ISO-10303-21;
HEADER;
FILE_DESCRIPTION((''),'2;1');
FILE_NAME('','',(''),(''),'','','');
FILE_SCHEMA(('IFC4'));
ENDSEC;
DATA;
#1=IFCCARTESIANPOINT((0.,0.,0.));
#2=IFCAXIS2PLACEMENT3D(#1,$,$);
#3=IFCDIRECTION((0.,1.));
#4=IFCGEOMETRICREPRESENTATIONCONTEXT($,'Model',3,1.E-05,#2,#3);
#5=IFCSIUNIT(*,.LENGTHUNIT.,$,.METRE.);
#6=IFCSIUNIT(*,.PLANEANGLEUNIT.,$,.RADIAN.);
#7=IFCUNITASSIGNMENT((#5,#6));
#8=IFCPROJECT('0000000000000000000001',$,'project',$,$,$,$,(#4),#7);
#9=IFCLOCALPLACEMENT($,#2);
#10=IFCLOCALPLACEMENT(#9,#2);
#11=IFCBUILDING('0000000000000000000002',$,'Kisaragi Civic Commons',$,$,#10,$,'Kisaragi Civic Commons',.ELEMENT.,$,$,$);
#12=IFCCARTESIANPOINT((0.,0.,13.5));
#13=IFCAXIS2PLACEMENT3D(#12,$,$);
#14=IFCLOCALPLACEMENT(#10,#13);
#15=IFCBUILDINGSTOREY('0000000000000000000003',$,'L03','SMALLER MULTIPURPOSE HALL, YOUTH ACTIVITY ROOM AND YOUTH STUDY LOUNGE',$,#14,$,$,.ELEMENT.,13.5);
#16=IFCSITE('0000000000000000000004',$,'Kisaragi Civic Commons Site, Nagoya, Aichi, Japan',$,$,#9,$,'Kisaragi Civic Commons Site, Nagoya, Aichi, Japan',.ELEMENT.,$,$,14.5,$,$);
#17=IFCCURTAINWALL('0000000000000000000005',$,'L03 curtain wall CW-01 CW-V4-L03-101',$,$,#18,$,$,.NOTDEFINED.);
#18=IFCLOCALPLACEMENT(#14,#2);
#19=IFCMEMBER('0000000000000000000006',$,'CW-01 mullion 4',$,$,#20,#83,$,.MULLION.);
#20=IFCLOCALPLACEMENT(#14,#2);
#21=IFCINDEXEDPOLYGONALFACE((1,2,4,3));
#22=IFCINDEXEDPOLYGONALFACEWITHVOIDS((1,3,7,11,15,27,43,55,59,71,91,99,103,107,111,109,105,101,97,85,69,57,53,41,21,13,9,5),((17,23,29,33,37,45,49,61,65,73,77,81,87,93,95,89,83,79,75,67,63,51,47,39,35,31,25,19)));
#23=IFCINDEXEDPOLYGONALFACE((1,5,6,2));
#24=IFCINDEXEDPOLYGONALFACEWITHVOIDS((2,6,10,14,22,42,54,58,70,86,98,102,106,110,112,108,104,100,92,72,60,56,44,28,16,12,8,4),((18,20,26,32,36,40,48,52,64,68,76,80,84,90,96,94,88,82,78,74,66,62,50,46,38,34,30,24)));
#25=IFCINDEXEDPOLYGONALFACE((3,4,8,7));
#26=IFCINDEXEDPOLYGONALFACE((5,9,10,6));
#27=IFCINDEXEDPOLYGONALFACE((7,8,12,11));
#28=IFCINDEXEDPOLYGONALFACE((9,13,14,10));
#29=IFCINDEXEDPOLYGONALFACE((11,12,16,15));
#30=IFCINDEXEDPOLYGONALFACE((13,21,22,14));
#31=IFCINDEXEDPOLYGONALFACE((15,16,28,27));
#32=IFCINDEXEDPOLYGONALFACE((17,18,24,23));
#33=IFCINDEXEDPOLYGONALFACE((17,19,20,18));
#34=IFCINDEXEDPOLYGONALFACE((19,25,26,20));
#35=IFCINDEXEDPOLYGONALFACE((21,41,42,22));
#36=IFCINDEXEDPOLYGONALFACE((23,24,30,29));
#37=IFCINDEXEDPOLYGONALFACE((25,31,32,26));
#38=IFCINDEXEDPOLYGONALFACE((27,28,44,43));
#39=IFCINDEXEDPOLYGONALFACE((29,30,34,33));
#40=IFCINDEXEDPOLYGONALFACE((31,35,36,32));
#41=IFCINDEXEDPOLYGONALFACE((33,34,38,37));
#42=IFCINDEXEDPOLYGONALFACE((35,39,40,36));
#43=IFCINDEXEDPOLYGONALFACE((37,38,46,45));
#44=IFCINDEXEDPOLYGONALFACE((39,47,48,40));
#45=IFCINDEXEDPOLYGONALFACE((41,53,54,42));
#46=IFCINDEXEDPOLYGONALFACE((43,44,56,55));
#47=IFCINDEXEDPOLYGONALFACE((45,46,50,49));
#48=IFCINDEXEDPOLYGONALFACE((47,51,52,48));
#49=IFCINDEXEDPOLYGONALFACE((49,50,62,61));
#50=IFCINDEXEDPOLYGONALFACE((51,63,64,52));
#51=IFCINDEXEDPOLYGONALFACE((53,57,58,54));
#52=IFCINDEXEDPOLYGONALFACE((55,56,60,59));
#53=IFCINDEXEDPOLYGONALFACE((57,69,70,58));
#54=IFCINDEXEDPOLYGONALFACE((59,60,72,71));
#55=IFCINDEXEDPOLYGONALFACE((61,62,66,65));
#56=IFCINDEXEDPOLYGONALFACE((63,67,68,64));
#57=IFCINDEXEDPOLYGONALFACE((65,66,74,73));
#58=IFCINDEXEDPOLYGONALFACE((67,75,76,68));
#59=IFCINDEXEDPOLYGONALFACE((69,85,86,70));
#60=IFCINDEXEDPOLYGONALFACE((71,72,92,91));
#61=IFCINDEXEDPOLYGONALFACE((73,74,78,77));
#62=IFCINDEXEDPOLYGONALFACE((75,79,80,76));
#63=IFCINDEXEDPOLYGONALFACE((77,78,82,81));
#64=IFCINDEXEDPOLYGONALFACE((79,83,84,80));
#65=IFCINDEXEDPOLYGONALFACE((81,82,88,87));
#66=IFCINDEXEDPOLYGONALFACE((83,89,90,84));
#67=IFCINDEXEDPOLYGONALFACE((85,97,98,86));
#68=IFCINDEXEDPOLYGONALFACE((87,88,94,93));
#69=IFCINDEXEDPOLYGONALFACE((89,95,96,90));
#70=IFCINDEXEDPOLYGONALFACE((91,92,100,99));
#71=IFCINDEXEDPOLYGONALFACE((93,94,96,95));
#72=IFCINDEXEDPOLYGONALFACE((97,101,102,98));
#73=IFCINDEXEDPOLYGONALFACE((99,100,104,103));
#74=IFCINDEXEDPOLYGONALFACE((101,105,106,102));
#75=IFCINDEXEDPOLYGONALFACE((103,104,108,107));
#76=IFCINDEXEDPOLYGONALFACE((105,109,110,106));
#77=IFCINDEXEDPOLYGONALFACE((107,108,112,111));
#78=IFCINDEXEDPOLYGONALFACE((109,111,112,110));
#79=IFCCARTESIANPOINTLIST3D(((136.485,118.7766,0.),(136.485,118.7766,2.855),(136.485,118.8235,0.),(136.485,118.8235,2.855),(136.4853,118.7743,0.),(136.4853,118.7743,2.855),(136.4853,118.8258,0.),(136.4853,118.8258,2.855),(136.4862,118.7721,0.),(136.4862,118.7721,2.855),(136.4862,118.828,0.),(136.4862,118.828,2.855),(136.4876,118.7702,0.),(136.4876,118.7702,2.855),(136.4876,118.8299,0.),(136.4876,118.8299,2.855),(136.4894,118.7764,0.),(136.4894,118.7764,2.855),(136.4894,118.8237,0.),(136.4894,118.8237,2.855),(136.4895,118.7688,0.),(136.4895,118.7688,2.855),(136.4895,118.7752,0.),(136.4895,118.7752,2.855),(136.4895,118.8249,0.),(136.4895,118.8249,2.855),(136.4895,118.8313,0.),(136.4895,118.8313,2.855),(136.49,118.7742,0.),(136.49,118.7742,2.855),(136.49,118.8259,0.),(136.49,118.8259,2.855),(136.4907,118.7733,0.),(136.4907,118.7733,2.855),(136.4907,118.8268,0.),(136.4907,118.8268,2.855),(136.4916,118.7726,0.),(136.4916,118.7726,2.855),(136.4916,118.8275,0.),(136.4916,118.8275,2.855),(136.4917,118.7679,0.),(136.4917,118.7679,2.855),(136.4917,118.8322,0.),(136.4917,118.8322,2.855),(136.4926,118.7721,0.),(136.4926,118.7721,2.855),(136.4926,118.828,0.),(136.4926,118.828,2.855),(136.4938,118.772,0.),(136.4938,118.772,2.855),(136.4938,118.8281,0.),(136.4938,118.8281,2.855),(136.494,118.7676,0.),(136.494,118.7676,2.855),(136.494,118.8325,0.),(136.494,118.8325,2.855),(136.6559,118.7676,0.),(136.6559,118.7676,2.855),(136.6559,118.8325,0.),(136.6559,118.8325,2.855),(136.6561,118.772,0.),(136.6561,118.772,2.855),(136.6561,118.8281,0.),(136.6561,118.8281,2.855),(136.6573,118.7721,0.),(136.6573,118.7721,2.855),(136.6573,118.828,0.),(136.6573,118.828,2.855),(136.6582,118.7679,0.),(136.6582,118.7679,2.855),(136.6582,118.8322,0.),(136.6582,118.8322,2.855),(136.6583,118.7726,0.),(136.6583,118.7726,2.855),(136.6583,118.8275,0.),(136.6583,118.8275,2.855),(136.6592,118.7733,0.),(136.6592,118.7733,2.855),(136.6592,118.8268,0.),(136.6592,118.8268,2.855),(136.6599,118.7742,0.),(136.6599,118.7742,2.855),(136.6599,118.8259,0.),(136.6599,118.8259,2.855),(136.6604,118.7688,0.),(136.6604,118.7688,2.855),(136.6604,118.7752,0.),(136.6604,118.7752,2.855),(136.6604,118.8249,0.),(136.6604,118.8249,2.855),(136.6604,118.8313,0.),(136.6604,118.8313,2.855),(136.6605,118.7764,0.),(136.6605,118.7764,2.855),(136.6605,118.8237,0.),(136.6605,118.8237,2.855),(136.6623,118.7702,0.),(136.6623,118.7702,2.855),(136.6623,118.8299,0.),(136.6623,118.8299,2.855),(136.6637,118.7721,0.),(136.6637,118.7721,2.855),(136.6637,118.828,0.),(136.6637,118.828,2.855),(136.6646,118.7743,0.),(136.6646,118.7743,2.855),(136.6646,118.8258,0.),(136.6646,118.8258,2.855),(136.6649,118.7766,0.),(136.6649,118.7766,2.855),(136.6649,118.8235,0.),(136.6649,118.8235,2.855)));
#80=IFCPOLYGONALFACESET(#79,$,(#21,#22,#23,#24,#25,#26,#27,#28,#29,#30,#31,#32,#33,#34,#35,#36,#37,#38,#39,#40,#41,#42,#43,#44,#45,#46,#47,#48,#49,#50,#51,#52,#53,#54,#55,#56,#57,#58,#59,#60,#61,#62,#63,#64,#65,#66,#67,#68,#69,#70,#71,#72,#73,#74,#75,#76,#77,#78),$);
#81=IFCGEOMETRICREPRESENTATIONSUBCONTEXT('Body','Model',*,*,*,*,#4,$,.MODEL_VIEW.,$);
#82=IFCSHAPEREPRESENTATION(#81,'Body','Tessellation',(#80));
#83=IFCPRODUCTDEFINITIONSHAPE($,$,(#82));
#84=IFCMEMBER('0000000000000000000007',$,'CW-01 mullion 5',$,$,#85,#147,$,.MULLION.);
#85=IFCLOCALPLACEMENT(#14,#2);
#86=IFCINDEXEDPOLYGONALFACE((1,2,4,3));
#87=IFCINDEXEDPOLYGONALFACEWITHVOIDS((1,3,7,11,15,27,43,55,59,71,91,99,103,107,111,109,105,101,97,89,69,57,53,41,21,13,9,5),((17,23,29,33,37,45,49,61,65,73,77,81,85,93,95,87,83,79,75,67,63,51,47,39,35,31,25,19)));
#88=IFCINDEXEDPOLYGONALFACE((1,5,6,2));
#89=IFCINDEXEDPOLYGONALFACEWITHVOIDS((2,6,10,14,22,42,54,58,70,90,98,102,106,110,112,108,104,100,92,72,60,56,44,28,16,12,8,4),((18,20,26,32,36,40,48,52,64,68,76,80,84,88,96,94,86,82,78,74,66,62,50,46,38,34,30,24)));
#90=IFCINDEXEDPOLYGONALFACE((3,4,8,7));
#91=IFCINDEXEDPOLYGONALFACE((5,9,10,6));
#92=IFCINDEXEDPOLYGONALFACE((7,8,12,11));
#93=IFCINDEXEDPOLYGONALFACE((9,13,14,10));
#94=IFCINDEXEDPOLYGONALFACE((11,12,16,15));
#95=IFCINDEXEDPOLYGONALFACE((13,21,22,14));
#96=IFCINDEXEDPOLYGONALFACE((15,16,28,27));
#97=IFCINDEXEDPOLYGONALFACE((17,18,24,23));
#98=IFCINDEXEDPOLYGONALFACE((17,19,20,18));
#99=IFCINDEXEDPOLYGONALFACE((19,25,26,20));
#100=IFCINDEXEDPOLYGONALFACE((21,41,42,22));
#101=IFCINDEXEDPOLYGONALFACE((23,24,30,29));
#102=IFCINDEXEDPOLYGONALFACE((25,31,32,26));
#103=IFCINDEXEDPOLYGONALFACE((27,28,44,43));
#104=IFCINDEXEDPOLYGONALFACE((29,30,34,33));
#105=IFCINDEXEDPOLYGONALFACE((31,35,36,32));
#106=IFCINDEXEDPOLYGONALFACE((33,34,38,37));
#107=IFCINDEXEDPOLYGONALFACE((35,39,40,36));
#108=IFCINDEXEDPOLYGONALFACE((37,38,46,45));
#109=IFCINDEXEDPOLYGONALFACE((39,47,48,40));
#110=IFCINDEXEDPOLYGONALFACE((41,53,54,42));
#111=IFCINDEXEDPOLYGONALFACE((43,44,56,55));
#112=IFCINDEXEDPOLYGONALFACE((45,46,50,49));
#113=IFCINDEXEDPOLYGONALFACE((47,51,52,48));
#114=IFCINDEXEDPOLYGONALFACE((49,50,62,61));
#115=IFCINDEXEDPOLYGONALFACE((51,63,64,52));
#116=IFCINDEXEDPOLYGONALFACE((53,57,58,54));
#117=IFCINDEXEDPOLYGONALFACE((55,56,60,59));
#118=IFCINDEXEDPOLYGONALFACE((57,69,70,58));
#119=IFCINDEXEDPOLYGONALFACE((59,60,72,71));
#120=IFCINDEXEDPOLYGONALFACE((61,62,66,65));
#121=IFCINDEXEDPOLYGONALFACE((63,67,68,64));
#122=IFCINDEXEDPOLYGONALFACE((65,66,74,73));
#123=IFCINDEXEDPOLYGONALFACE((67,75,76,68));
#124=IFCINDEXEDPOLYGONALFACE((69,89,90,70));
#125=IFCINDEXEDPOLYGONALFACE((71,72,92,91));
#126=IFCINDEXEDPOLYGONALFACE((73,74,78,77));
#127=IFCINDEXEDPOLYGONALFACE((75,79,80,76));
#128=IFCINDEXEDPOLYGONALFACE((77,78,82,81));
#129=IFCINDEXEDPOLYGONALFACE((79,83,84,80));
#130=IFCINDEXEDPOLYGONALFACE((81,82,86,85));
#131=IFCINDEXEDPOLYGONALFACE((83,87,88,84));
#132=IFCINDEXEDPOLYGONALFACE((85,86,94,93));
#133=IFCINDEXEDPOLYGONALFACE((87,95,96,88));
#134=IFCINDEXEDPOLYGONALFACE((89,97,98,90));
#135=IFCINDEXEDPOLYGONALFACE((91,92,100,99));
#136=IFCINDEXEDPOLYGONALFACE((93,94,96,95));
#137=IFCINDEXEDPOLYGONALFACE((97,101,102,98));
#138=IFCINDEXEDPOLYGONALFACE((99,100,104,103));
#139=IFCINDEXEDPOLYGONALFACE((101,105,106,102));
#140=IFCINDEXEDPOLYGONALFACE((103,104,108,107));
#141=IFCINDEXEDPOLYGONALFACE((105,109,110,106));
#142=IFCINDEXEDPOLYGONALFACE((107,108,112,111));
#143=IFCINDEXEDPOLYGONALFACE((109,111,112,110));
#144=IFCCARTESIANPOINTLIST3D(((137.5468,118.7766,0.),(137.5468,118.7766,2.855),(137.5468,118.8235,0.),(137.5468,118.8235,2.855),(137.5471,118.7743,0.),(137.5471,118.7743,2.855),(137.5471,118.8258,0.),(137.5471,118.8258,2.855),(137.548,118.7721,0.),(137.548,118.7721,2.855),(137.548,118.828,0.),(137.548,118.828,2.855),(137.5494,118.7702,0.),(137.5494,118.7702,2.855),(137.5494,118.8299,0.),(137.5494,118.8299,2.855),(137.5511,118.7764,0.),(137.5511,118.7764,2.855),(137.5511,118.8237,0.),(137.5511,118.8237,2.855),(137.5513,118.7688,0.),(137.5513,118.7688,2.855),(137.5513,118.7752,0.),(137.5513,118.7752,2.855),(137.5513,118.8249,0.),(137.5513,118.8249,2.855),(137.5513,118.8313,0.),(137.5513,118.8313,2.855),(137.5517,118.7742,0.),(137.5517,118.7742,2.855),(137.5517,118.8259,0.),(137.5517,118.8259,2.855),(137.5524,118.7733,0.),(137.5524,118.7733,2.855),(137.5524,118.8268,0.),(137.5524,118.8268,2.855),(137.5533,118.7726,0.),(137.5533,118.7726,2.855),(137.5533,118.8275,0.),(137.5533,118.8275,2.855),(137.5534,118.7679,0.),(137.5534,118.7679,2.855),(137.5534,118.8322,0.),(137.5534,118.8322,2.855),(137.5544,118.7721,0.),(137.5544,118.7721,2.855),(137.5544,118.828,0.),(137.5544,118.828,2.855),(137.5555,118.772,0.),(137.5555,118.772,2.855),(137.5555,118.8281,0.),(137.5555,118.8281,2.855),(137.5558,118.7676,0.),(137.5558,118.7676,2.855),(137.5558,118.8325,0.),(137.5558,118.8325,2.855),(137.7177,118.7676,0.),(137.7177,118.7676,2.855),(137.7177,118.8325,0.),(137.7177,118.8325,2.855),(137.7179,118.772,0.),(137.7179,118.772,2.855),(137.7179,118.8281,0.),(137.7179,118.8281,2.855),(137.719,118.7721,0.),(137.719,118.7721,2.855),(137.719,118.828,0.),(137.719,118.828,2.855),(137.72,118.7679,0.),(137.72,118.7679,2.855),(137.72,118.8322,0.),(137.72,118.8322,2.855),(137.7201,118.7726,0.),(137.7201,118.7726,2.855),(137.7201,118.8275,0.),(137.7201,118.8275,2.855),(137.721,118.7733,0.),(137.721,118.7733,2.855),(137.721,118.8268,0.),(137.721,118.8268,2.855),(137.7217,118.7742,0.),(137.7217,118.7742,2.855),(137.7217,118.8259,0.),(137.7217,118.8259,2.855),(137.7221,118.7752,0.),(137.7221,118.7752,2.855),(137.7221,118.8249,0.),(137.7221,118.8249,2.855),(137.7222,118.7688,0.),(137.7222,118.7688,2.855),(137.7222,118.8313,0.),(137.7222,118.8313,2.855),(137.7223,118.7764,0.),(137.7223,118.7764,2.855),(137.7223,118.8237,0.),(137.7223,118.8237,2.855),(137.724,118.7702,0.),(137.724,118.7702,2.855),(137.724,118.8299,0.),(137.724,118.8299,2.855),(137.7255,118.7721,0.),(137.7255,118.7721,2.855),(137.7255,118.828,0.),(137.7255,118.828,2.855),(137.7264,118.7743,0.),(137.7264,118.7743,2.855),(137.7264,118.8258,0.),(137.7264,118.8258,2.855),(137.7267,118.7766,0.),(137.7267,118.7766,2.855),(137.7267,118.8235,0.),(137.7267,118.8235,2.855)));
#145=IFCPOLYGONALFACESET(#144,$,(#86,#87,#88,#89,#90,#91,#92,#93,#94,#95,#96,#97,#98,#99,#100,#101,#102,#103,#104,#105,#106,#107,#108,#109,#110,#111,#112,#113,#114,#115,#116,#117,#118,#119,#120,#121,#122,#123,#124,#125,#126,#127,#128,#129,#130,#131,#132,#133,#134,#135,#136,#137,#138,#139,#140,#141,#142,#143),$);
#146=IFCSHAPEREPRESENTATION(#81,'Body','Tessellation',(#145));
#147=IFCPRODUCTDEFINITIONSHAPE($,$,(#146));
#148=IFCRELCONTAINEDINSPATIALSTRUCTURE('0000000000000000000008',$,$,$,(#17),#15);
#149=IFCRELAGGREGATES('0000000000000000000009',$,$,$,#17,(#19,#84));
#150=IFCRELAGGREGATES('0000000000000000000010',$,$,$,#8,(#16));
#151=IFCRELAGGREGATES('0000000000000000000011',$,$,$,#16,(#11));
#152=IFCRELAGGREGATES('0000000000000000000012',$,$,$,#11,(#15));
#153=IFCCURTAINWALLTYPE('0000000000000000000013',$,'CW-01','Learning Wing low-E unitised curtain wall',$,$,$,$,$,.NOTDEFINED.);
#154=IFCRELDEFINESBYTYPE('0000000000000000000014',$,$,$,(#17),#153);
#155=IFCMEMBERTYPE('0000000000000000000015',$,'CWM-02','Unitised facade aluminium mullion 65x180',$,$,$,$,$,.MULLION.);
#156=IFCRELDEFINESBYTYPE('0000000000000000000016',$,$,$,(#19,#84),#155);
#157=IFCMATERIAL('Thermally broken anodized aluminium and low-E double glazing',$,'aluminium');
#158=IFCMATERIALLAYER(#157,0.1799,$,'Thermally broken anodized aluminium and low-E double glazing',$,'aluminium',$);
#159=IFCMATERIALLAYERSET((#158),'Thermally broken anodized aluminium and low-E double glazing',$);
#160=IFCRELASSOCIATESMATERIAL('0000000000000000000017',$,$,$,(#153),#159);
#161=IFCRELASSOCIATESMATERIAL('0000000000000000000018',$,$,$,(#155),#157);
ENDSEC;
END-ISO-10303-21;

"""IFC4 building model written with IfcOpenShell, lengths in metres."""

from ifc_helpers import new_model, si_unit, direction, frame, origin, origin_2d, place, context, subcontext, project, spatial, hollow_rectangle, extrude, material, layer, layer_set, material_profile, profile_set, type_object, element, aggregate, save


model = new_model("IFC4")

# Units and contexts
model_context = context("Model", 3, precision=1e-05, world=origin(), true_north=direction((0.0, 1.0)))
body_context = subcontext(model_context, "Body", "Model", "MODEL_VIEW")
ifc_project = project(units=[si_unit("LENGTHUNIT", "METRE"), si_unit("PLANEANGLEUNIT", "RADIAN")], contexts=[model_context])

# Site, building, storey
site_placement = place(None, origin())
site = spatial("IfcSite", under=ifc_project, at=site_placement, Name="Kisaragi Civic Commons Site, Nagoya, Aichi, Japan", LongName="Kisaragi Civic Commons Site, Nagoya, Aichi, Japan", CompositionType="ELEMENT", RefElevation=14.5)
building_placement = place(site_placement, origin())
building = spatial("IfcBuilding", under=site, at=building_placement, Name="Kisaragi Civic Commons", LongName="Kisaragi Civic Commons", CompositionType="ELEMENT")
storey_placement = place(building_placement, frame((0.0, 0.0, 13.5)))
storey = spatial("IfcBuildingStorey", under=building, at=storey_placement, Name="L03", Description="SMALLER MULTIPURPOSE HALL, YOUTH ACTIVITY ROOM AND YOUTH STUDY LOUNGE", CompositionType="ELEMENT", Elevation=13.5)

# Curtain wall, members
ifc_material_1 = material(Name="Thermally broken anodized aluminium and low-E double glazing", Category="aluminium")
ifc_layer_1 = layer(ifc_material_1, 0.1799, Name="Thermally broken anodized aluminium and low-E double glazing", Category="aluminium")
ifc_layer_set_1 = layer_set([ifc_layer_1], Name="Thermally broken anodized aluminium and low-E double glazing")
curtain_wall_type = type_object("IfcCurtainWallType", Name="CW-01", Description="Learning Wing low-E unitised curtain wall", PredefinedType="NOTDEFINED", material=ifc_layer_set_1)
curtain_wall_placement = place(storey_placement, origin())
curtain_wall = element("IfcCurtainWall", 1, at=curtain_wall_placement, inside=storey, type_object=curtain_wall_type, Name="L03 curtain wall CW-01 CW-V4-L03-101", PredefinedType="NOTDEFINED")
ifc_material_profile_1 = material_profile(ifc_material_1, hollow_rectangle(XDim=0.0649, YDim=0.1799, WallThickness=0.0044, InnerFilletRadius=0.0044, OuterFilletRadius=0.009, at=origin_2d()), Name="CWM-65x180x4.5", Category="aluminium")
ifc_profile_set_1 = profile_set([ifc_material_profile_1], Name="Thermally broken anodized aluminium and low-E double glazing")
member_type_1 = type_object("IfcMemberType", Name="CWM-02", Description="Unitised facade aluminium mullion 65x180", PredefinedType="MULLION", material=ifc_profile_set_1)
member_1_placement = place(storey_placement, frame((136.575, 118.8, 0.0), z_axis=(0.0, 0.0, 1.0), x_axis=(0.0, 1.0, 0.0)))
member_1 = element("IfcMember", 2, at=member_1_placement, type_object=member_type_1, Name="CW-01 mullion 4", PredefinedType="MULLION", context=body_context, shape_type="SweptSolid", body=[
    extrude(hollow_rectangle(XDim=0.0649, YDim=0.1799, WallThickness=0.0044, InnerFilletRadius=0.0044, OuterFilletRadius=0.009, at=origin_2d()), origin(), (0.0, 0.0, 1.0), 2.855),
])
member_2_placement = place(storey_placement, frame((137.6367, 118.8, 0.0), z_axis=(0.0, 0.0, 1.0), x_axis=(0.0, 1.0, 0.0)))
member_2 = element("IfcMember", 3, at=member_2_placement, type_object=member_type_1, Name="CW-01 mullion 5", PredefinedType="MULLION", context=body_context, shape_type="SweptSolid", body=[
    extrude(hollow_rectangle(XDim=0.0649, YDim=0.1799, WallThickness=0.0044, InnerFilletRadius=0.0044, OuterFilletRadius=0.009, at=origin_2d()), origin(), (0.0, 0.0, 1.0), 2.855),
])

aggregate(curtain_wall, [member_1, member_2])

save(model, "model.ifc")
